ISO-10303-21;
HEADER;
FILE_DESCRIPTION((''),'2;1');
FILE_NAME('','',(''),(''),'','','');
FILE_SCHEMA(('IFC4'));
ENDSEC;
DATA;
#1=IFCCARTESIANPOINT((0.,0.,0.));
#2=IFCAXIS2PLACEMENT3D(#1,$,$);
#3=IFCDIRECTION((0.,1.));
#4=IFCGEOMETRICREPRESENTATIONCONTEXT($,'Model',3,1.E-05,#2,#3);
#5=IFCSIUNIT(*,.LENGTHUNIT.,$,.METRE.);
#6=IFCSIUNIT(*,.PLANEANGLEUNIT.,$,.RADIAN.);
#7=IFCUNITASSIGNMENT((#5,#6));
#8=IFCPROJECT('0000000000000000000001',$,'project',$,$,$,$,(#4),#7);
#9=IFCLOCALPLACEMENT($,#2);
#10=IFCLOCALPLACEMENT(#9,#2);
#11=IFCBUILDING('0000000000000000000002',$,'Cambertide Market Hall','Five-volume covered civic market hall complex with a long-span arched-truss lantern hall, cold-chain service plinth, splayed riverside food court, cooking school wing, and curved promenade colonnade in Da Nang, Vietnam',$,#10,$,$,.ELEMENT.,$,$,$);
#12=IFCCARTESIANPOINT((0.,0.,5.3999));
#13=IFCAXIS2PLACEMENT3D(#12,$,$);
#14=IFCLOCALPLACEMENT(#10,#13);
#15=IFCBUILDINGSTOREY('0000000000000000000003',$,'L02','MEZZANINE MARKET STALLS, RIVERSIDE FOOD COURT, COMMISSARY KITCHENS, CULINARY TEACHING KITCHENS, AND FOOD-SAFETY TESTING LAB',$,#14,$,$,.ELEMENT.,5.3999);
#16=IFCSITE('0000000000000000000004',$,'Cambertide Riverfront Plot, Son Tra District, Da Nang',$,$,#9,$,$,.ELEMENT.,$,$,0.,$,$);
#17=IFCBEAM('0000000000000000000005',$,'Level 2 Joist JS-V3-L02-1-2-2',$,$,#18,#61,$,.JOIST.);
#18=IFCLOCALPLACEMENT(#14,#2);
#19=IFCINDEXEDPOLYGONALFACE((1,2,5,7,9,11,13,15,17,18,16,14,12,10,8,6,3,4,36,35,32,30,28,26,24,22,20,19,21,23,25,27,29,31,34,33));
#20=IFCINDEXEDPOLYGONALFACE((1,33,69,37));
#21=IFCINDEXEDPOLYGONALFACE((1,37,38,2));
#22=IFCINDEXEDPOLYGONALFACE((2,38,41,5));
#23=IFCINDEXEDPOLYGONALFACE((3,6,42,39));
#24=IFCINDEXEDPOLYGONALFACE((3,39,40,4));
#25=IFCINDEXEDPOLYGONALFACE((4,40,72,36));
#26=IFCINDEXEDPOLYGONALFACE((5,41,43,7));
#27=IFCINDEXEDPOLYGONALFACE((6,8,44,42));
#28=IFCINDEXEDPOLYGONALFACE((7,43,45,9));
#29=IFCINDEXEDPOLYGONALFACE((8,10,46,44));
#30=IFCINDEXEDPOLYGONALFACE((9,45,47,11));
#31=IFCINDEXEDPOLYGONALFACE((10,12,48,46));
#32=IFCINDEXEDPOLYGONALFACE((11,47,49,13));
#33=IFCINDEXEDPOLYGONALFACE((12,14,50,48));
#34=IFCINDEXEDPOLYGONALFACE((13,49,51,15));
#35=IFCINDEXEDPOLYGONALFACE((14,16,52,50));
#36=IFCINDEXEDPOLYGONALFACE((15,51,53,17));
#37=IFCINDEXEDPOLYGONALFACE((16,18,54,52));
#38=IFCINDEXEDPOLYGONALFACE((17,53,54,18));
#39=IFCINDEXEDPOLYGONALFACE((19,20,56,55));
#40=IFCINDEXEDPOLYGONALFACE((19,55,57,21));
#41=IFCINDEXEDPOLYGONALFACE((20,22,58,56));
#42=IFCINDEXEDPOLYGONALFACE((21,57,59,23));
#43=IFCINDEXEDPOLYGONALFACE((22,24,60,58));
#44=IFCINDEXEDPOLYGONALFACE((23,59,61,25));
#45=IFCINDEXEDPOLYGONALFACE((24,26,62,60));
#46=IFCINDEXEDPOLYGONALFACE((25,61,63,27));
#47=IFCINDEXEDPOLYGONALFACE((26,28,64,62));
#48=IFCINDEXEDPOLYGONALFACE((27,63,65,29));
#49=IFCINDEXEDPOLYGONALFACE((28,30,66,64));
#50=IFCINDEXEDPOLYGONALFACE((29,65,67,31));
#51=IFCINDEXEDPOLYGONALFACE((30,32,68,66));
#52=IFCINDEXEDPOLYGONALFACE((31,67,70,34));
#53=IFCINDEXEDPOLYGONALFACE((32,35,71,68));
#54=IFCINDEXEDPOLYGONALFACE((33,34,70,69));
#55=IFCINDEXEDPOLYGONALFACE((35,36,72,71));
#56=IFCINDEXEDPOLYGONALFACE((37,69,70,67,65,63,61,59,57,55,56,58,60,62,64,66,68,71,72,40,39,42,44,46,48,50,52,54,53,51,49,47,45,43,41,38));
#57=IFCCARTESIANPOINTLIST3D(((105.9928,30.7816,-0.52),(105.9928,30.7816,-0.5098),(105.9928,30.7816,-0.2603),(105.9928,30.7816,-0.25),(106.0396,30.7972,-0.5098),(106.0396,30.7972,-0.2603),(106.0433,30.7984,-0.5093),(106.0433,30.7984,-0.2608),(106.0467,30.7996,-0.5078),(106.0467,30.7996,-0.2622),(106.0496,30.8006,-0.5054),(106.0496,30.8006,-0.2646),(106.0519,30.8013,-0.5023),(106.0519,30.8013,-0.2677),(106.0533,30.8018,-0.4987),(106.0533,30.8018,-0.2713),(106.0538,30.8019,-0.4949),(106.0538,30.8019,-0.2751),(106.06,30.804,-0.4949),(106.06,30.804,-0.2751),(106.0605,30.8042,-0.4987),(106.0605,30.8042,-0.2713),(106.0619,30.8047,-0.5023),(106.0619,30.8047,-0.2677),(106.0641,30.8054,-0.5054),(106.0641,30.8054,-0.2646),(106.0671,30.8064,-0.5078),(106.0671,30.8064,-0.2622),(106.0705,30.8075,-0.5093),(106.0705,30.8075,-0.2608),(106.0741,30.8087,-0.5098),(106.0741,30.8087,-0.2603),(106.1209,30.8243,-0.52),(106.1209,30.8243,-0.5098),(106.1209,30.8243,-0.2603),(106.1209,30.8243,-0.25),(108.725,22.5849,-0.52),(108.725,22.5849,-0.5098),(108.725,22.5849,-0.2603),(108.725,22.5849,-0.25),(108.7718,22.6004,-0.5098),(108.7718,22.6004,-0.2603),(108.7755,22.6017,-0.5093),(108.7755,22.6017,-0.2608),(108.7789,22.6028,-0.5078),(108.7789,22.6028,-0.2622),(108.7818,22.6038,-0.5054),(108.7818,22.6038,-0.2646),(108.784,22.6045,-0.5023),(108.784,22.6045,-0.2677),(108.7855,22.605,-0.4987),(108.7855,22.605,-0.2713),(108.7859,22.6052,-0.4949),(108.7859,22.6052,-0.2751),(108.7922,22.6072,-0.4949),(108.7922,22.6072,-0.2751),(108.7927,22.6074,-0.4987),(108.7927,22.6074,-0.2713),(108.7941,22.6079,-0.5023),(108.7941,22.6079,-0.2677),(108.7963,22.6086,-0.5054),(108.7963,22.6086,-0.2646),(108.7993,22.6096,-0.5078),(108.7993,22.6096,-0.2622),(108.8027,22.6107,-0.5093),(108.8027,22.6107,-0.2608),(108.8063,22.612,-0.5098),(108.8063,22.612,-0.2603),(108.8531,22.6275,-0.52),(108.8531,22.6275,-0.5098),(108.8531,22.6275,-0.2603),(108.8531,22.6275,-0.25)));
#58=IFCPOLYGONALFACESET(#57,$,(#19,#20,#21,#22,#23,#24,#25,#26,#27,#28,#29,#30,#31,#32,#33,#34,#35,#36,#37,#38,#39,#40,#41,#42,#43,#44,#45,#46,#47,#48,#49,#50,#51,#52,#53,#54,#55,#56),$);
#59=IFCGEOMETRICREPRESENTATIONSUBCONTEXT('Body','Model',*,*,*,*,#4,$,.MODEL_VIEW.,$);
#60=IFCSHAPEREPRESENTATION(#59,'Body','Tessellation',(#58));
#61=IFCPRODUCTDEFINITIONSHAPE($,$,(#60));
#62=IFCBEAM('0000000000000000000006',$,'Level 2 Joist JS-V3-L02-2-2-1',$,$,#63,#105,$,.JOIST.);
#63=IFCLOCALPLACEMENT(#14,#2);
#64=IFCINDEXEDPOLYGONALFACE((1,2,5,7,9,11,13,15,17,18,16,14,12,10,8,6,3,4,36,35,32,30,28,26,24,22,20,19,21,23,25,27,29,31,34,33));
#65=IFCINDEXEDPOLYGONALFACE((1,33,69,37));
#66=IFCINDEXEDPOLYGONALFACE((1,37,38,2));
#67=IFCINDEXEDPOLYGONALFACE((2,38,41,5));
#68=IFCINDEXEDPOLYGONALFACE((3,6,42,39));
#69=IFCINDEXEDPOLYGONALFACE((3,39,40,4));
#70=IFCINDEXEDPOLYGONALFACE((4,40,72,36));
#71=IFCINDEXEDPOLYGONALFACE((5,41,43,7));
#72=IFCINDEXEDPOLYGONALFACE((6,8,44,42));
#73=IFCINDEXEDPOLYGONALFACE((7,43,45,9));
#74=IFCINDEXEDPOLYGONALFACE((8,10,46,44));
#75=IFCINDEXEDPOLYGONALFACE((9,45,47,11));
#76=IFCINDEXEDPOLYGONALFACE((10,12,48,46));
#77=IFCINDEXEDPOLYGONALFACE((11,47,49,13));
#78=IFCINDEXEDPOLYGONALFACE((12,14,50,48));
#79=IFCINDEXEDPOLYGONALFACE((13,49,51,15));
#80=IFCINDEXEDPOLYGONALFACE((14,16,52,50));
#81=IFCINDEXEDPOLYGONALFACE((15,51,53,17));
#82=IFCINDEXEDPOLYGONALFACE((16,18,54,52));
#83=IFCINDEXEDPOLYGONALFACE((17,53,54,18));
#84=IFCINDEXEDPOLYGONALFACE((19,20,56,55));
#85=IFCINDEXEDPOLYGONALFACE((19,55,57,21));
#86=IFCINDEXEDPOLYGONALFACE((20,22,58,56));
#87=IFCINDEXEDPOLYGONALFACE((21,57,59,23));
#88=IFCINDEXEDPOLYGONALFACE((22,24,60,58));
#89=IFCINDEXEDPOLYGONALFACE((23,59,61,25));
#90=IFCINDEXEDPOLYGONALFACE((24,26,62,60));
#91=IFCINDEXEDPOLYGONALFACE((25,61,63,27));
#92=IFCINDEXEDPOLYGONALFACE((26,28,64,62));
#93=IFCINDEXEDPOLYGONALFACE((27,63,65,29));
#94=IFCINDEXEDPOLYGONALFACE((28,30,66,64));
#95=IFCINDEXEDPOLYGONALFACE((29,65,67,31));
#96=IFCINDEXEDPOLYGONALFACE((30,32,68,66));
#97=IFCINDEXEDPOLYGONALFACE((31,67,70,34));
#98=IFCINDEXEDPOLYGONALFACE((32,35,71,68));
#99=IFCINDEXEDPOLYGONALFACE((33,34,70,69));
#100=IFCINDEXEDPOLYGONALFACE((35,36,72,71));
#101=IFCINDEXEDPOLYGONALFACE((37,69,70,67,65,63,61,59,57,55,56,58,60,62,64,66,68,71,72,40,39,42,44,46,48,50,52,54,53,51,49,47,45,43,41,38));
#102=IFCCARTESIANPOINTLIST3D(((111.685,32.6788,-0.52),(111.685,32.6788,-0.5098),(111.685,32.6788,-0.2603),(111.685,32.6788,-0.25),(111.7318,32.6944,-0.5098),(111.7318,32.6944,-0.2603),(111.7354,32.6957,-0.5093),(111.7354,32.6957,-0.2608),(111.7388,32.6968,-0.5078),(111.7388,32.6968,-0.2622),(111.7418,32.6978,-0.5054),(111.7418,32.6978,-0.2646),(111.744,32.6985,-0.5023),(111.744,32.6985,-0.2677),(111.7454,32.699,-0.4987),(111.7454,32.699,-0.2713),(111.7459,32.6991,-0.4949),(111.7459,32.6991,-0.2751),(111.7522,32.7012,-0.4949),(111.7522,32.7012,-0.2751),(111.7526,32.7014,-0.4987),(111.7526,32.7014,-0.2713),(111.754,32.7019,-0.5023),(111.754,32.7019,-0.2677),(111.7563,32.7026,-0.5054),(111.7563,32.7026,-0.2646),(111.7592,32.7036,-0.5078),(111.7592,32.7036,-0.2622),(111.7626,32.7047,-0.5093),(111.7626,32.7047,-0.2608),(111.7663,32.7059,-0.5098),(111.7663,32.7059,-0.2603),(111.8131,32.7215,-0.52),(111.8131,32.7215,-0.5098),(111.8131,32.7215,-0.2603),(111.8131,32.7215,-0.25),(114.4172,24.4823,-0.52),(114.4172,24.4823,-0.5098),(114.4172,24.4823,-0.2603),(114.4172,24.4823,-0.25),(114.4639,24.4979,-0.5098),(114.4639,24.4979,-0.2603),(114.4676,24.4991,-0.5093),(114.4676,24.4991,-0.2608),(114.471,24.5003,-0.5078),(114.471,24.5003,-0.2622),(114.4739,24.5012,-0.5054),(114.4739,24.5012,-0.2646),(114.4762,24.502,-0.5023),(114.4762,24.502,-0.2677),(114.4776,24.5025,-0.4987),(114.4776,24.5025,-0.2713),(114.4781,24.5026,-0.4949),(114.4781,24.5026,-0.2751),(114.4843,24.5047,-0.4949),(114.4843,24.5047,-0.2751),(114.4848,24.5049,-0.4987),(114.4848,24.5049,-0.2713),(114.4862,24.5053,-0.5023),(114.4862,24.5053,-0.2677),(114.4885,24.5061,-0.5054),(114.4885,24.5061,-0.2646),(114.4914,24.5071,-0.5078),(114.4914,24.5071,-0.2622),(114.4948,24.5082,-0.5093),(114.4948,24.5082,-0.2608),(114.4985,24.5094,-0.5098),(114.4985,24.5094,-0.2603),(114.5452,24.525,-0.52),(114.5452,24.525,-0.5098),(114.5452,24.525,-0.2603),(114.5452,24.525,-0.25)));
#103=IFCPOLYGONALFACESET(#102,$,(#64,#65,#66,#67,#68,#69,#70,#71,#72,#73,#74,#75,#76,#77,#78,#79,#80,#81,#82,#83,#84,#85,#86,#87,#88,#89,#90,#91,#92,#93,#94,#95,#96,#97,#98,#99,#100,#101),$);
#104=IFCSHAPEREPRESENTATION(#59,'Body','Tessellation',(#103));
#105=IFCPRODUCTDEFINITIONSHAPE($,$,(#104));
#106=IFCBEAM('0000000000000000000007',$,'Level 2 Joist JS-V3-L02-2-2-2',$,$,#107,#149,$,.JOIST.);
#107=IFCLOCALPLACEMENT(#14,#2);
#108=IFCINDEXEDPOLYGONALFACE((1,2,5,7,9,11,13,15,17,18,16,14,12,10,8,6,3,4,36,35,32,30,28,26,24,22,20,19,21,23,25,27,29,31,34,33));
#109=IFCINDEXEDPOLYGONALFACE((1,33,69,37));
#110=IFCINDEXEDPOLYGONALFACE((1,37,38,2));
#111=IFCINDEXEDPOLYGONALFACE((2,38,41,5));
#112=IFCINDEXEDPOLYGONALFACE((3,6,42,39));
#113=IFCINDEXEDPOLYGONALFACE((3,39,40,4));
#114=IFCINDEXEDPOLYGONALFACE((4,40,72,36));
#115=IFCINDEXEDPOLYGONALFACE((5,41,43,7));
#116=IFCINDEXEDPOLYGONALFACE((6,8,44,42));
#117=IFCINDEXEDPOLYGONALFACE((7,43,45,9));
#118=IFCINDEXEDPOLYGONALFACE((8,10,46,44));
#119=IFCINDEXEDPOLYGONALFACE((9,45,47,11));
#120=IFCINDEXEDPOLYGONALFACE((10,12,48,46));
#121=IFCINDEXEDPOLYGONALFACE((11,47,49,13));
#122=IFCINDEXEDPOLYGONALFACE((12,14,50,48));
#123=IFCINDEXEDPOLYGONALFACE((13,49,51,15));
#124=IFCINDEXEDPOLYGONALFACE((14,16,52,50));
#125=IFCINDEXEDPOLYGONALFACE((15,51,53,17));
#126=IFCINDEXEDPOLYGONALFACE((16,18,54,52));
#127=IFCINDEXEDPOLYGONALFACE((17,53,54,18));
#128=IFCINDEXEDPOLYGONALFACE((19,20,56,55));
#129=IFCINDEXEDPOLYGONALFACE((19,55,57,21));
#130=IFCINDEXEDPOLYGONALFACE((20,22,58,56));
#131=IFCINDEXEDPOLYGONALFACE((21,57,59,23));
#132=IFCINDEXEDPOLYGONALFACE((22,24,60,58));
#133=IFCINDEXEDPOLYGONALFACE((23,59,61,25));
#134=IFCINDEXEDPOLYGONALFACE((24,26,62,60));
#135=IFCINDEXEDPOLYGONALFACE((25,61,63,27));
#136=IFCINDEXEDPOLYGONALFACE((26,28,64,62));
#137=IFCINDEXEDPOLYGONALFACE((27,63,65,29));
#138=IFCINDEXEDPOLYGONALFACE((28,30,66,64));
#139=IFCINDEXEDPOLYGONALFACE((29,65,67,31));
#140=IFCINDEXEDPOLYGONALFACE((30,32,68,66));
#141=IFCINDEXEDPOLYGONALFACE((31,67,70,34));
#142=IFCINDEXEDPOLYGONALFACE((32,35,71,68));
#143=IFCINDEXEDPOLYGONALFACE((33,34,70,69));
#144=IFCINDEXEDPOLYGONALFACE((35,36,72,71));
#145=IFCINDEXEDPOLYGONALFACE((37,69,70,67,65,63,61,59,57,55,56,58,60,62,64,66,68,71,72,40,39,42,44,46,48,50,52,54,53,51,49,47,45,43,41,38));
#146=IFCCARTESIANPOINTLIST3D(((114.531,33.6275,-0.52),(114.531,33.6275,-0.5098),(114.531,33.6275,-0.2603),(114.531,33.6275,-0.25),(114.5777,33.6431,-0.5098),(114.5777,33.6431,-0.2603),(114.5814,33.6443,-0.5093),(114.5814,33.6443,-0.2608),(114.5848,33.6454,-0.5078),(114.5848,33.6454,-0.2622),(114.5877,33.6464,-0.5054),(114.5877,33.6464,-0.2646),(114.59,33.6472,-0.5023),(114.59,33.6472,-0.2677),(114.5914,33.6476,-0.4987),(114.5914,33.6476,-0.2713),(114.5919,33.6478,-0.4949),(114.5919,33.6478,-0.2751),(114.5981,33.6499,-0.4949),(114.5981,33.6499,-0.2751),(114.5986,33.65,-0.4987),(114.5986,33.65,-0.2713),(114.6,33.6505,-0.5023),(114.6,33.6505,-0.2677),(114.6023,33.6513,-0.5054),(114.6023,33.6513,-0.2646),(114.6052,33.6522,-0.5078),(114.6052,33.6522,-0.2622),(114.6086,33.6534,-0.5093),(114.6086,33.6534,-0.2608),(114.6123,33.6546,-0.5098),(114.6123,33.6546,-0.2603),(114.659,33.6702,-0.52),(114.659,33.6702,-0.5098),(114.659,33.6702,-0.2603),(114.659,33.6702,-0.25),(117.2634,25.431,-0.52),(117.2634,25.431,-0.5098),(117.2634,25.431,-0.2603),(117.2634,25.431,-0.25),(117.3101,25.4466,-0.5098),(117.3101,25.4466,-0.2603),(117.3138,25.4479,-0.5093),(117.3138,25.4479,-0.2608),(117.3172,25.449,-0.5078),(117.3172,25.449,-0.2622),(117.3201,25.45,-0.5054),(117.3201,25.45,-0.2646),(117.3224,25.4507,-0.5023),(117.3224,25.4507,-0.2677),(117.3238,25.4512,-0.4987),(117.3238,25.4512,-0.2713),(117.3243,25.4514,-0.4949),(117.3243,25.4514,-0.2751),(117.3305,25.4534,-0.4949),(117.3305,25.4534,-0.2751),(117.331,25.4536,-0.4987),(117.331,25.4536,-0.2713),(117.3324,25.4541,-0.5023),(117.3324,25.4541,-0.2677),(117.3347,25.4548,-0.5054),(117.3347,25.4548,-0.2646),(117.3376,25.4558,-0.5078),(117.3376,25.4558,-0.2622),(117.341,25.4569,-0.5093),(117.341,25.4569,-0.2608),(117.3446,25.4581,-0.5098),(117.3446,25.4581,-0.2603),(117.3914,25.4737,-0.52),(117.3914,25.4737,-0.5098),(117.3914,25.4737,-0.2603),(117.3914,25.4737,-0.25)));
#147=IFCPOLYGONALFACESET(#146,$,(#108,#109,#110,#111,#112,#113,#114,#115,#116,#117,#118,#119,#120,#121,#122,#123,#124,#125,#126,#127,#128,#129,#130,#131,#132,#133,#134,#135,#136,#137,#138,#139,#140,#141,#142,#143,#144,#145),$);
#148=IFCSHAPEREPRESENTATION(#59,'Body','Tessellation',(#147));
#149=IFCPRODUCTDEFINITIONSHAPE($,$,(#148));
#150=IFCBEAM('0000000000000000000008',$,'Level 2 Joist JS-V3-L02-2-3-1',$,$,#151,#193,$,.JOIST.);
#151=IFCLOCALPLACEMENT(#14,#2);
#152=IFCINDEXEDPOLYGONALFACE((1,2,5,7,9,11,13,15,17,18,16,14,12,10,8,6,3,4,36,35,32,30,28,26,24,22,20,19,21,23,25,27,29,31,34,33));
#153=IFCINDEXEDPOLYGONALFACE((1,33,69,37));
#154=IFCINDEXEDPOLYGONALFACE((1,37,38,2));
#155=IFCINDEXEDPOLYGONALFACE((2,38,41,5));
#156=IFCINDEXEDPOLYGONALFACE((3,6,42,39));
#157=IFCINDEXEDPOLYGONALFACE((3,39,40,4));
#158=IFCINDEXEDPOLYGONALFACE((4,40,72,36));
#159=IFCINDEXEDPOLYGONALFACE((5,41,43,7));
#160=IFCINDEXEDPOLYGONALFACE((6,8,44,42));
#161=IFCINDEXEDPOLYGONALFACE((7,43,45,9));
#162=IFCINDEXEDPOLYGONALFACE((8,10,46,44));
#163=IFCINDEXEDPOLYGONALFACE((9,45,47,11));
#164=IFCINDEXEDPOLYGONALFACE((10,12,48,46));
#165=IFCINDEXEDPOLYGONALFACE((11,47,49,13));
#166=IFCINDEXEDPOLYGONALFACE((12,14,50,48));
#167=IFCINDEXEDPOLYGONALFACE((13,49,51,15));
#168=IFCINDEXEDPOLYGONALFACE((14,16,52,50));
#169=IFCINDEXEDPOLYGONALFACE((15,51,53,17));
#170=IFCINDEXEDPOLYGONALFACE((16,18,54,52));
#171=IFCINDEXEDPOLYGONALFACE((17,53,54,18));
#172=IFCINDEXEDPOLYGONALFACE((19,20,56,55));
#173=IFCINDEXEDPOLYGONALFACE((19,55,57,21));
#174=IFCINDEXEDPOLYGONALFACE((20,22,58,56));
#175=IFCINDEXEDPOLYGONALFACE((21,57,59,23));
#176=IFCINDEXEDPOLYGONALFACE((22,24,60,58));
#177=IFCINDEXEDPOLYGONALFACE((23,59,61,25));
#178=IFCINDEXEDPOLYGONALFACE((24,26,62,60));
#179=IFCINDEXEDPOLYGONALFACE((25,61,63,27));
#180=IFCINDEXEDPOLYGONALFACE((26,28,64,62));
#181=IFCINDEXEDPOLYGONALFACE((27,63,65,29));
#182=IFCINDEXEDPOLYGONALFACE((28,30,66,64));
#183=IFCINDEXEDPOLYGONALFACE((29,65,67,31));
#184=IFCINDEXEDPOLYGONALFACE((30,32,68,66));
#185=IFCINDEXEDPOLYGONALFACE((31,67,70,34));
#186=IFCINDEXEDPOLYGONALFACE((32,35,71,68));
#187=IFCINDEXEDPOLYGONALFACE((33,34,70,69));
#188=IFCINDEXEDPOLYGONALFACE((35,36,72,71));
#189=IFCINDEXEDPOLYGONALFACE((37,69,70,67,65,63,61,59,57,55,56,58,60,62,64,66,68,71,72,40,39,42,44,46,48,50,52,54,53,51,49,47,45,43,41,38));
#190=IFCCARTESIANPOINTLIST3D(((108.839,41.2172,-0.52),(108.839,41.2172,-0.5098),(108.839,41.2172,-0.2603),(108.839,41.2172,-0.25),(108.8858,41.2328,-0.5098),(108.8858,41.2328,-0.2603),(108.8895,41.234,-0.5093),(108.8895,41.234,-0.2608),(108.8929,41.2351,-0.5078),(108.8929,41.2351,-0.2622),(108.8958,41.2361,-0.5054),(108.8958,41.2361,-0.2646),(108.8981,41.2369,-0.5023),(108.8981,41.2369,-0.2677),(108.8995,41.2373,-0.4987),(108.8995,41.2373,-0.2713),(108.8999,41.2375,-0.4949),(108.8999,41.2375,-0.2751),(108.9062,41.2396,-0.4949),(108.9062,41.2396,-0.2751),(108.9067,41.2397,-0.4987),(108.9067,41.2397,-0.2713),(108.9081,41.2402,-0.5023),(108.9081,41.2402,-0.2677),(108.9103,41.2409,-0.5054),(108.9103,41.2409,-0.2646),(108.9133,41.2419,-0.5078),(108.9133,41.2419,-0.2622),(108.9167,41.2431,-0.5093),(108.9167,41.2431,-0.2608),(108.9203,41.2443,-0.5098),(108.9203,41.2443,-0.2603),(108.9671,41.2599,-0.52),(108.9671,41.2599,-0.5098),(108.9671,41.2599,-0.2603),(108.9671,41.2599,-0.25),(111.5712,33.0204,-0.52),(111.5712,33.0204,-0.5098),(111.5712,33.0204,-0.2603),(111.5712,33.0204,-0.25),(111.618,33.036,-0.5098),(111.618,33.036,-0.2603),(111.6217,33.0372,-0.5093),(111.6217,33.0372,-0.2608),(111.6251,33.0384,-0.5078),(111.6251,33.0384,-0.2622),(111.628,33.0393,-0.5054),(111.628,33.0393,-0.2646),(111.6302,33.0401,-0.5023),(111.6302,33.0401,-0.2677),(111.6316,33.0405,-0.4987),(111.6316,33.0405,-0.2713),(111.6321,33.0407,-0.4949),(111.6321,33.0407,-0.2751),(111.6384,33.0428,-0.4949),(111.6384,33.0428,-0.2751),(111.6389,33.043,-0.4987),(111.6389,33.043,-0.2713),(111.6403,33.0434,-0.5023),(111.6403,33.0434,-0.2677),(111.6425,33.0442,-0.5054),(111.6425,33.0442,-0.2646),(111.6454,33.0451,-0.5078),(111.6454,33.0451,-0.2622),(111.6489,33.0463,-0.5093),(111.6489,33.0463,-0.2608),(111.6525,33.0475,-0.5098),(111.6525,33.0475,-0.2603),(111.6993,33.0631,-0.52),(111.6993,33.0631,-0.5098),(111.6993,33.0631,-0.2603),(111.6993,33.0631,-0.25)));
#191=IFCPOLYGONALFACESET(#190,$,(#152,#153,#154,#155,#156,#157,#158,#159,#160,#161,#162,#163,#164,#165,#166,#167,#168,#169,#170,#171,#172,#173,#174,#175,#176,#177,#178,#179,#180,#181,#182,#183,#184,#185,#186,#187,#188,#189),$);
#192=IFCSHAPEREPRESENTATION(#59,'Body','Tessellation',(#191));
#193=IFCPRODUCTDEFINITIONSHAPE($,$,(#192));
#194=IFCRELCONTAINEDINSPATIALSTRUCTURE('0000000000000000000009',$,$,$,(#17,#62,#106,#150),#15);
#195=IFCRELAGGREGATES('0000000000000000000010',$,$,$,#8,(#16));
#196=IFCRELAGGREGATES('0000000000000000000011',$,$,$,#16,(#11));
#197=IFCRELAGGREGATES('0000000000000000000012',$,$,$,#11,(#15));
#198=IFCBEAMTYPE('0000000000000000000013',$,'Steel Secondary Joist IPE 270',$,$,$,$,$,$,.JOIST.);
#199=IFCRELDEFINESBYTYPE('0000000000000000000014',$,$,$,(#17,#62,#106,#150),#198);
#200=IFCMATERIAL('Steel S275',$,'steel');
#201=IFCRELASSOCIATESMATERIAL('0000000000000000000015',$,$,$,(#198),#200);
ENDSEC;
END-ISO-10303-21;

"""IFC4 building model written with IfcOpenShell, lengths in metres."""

from ifc_helpers import new_model, si_unit, direction, frame, origin, origin_2d, place, context, subcontext, project, spatial, i_section, extrude, material, material_profile, profile_set, type_object, element, save


model = new_model("IFC4")

# Units and contexts
model_context = context("Model", 3, precision=1e-05, world=origin(), true_north=direction((0.0, 1.0)))
body_context = subcontext(model_context, "Body", "Model", "MODEL_VIEW")
ifc_project = project(units=[si_unit("LENGTHUNIT", "METRE"), si_unit("PLANEANGLEUNIT", "RADIAN")], contexts=[model_context])

# Site, building, storey
site_placement = place(None, origin())
site = spatial("IfcSite", under=ifc_project, at=site_placement, Name="Cambertide Riverfront Plot, Son Tra District, Da Nang", CompositionType="ELEMENT", RefElevation=0.0)
building_placement = place(site_placement, origin())
building = spatial("IfcBuilding", under=site, at=building_placement, Name="Cambertide Market Hall", Description="Five-volume covered civic market hall complex with a long-span arched-truss lantern hall, cold-chain service plinth, splayed riverside food court, cooking school wing, and curved promenade colonnade in Da Nang, Vietnam", CompositionType="ELEMENT")
storey_placement = place(building_placement, frame((0.0, 0.0, 5.3999)))
storey = spatial("IfcBuildingStorey", under=building, at=storey_placement, Name="L02", Description="MEZZANINE MARKET STALLS, RIVERSIDE FOOD COURT, COMMISSARY KITCHENS, CULINARY TEACHING KITCHENS, AND FOOD-SAFETY TESTING LAB", CompositionType="ELEMENT", Elevation=5.3999)

# Beams
ifc_material_1 = material(Name="Steel S275", Category="steel")
ifc_material_profile_1 = material_profile(ifc_material_1, i_section(OverallWidth=0.135, OverallDepth=0.27, WebThickness=0.0066, FlangeThickness=0.0103, FilletRadius=0.0149, at=origin_2d()), Name="IPE 270")
ifc_profile_set_1 = profile_set([ifc_material_profile_1], Name="Steel S275")
beam_type_1 = type_object("IfcBeamType", Name="Steel Secondary Joist IPE 270", PredefinedType="JOIST", material=ifc_profile_set_1)
beam_1_placement = place(storey_placement, frame((108.7891, 22.6062, -0.385), z_axis=(-0.316219, 0.948686, 0.0), x_axis=(-0.948686, -0.316219, 0.0)))
element("IfcBeam", 1, at=beam_1_placement, inside=storey, type_object=beam_type_1, Name="Level 2 Joist JS-V3-L02-1-2-2", PredefinedType="JOIST", context=body_context, shape_type="SweptSolid", body=[
    extrude(i_section(OverallWidth=0.135, OverallDepth=0.27, WebThickness=0.0066, FlangeThickness=0.0103, FilletRadius=0.0149, at=origin_2d()), origin(), (0.0, 0.0, 1.0), 8.6401),
])
for number, where, z_axis, x_axis, name in (
    (2, (114.4812, 24.5037, -0.385), (-0.316228, 0.948683, 0.0), (-0.948683, -0.316228, 0.0), "Level 2 Joist JS-V3-L02-2-2-1"),
    (3, (117.3274, 25.4524, -0.385), (-0.316253, 0.948675, 0.0), (-0.948675, -0.316253, 0.0), "Level 2 Joist JS-V3-L02-2-2-2"),
):
    element("IfcBeam", number, at=place(storey_placement, frame(where, z_axis=z_axis, x_axis=x_axis)), inside=storey, type_object=beam_type_1, Name=name, PredefinedType="JOIST", context=body_context, shape_type="SweptSolid", body=[
        extrude(i_section(OverallWidth=0.135, OverallDepth=0.27, WebThickness=0.0066, FlangeThickness=0.0103, FilletRadius=0.0149, at=origin_2d()), origin(), (0.0, 0.0, 1.0), 8.6399),
    ])
beam_2_placement = place(storey_placement, frame((111.6353, 33.0417, -0.385), z_axis=(-0.316219, 0.948686, 0.0), x_axis=(-0.948686, -0.316219, 0.0)))
element("IfcBeam", 4, at=beam_2_placement, inside=storey, type_object=beam_type_1, Name="Level 2 Joist JS-V3-L02-2-3-1", PredefinedType="JOIST", context=body_context, shape_type="SweptSolid", body=[
    extrude(i_section(OverallWidth=0.135, OverallDepth=0.27, WebThickness=0.0066, FlangeThickness=0.0103, FilletRadius=0.0149, at=origin_2d()), origin(), (0.0, 0.0, 1.0), 8.6401),
])

save(model, "model.ifc")
